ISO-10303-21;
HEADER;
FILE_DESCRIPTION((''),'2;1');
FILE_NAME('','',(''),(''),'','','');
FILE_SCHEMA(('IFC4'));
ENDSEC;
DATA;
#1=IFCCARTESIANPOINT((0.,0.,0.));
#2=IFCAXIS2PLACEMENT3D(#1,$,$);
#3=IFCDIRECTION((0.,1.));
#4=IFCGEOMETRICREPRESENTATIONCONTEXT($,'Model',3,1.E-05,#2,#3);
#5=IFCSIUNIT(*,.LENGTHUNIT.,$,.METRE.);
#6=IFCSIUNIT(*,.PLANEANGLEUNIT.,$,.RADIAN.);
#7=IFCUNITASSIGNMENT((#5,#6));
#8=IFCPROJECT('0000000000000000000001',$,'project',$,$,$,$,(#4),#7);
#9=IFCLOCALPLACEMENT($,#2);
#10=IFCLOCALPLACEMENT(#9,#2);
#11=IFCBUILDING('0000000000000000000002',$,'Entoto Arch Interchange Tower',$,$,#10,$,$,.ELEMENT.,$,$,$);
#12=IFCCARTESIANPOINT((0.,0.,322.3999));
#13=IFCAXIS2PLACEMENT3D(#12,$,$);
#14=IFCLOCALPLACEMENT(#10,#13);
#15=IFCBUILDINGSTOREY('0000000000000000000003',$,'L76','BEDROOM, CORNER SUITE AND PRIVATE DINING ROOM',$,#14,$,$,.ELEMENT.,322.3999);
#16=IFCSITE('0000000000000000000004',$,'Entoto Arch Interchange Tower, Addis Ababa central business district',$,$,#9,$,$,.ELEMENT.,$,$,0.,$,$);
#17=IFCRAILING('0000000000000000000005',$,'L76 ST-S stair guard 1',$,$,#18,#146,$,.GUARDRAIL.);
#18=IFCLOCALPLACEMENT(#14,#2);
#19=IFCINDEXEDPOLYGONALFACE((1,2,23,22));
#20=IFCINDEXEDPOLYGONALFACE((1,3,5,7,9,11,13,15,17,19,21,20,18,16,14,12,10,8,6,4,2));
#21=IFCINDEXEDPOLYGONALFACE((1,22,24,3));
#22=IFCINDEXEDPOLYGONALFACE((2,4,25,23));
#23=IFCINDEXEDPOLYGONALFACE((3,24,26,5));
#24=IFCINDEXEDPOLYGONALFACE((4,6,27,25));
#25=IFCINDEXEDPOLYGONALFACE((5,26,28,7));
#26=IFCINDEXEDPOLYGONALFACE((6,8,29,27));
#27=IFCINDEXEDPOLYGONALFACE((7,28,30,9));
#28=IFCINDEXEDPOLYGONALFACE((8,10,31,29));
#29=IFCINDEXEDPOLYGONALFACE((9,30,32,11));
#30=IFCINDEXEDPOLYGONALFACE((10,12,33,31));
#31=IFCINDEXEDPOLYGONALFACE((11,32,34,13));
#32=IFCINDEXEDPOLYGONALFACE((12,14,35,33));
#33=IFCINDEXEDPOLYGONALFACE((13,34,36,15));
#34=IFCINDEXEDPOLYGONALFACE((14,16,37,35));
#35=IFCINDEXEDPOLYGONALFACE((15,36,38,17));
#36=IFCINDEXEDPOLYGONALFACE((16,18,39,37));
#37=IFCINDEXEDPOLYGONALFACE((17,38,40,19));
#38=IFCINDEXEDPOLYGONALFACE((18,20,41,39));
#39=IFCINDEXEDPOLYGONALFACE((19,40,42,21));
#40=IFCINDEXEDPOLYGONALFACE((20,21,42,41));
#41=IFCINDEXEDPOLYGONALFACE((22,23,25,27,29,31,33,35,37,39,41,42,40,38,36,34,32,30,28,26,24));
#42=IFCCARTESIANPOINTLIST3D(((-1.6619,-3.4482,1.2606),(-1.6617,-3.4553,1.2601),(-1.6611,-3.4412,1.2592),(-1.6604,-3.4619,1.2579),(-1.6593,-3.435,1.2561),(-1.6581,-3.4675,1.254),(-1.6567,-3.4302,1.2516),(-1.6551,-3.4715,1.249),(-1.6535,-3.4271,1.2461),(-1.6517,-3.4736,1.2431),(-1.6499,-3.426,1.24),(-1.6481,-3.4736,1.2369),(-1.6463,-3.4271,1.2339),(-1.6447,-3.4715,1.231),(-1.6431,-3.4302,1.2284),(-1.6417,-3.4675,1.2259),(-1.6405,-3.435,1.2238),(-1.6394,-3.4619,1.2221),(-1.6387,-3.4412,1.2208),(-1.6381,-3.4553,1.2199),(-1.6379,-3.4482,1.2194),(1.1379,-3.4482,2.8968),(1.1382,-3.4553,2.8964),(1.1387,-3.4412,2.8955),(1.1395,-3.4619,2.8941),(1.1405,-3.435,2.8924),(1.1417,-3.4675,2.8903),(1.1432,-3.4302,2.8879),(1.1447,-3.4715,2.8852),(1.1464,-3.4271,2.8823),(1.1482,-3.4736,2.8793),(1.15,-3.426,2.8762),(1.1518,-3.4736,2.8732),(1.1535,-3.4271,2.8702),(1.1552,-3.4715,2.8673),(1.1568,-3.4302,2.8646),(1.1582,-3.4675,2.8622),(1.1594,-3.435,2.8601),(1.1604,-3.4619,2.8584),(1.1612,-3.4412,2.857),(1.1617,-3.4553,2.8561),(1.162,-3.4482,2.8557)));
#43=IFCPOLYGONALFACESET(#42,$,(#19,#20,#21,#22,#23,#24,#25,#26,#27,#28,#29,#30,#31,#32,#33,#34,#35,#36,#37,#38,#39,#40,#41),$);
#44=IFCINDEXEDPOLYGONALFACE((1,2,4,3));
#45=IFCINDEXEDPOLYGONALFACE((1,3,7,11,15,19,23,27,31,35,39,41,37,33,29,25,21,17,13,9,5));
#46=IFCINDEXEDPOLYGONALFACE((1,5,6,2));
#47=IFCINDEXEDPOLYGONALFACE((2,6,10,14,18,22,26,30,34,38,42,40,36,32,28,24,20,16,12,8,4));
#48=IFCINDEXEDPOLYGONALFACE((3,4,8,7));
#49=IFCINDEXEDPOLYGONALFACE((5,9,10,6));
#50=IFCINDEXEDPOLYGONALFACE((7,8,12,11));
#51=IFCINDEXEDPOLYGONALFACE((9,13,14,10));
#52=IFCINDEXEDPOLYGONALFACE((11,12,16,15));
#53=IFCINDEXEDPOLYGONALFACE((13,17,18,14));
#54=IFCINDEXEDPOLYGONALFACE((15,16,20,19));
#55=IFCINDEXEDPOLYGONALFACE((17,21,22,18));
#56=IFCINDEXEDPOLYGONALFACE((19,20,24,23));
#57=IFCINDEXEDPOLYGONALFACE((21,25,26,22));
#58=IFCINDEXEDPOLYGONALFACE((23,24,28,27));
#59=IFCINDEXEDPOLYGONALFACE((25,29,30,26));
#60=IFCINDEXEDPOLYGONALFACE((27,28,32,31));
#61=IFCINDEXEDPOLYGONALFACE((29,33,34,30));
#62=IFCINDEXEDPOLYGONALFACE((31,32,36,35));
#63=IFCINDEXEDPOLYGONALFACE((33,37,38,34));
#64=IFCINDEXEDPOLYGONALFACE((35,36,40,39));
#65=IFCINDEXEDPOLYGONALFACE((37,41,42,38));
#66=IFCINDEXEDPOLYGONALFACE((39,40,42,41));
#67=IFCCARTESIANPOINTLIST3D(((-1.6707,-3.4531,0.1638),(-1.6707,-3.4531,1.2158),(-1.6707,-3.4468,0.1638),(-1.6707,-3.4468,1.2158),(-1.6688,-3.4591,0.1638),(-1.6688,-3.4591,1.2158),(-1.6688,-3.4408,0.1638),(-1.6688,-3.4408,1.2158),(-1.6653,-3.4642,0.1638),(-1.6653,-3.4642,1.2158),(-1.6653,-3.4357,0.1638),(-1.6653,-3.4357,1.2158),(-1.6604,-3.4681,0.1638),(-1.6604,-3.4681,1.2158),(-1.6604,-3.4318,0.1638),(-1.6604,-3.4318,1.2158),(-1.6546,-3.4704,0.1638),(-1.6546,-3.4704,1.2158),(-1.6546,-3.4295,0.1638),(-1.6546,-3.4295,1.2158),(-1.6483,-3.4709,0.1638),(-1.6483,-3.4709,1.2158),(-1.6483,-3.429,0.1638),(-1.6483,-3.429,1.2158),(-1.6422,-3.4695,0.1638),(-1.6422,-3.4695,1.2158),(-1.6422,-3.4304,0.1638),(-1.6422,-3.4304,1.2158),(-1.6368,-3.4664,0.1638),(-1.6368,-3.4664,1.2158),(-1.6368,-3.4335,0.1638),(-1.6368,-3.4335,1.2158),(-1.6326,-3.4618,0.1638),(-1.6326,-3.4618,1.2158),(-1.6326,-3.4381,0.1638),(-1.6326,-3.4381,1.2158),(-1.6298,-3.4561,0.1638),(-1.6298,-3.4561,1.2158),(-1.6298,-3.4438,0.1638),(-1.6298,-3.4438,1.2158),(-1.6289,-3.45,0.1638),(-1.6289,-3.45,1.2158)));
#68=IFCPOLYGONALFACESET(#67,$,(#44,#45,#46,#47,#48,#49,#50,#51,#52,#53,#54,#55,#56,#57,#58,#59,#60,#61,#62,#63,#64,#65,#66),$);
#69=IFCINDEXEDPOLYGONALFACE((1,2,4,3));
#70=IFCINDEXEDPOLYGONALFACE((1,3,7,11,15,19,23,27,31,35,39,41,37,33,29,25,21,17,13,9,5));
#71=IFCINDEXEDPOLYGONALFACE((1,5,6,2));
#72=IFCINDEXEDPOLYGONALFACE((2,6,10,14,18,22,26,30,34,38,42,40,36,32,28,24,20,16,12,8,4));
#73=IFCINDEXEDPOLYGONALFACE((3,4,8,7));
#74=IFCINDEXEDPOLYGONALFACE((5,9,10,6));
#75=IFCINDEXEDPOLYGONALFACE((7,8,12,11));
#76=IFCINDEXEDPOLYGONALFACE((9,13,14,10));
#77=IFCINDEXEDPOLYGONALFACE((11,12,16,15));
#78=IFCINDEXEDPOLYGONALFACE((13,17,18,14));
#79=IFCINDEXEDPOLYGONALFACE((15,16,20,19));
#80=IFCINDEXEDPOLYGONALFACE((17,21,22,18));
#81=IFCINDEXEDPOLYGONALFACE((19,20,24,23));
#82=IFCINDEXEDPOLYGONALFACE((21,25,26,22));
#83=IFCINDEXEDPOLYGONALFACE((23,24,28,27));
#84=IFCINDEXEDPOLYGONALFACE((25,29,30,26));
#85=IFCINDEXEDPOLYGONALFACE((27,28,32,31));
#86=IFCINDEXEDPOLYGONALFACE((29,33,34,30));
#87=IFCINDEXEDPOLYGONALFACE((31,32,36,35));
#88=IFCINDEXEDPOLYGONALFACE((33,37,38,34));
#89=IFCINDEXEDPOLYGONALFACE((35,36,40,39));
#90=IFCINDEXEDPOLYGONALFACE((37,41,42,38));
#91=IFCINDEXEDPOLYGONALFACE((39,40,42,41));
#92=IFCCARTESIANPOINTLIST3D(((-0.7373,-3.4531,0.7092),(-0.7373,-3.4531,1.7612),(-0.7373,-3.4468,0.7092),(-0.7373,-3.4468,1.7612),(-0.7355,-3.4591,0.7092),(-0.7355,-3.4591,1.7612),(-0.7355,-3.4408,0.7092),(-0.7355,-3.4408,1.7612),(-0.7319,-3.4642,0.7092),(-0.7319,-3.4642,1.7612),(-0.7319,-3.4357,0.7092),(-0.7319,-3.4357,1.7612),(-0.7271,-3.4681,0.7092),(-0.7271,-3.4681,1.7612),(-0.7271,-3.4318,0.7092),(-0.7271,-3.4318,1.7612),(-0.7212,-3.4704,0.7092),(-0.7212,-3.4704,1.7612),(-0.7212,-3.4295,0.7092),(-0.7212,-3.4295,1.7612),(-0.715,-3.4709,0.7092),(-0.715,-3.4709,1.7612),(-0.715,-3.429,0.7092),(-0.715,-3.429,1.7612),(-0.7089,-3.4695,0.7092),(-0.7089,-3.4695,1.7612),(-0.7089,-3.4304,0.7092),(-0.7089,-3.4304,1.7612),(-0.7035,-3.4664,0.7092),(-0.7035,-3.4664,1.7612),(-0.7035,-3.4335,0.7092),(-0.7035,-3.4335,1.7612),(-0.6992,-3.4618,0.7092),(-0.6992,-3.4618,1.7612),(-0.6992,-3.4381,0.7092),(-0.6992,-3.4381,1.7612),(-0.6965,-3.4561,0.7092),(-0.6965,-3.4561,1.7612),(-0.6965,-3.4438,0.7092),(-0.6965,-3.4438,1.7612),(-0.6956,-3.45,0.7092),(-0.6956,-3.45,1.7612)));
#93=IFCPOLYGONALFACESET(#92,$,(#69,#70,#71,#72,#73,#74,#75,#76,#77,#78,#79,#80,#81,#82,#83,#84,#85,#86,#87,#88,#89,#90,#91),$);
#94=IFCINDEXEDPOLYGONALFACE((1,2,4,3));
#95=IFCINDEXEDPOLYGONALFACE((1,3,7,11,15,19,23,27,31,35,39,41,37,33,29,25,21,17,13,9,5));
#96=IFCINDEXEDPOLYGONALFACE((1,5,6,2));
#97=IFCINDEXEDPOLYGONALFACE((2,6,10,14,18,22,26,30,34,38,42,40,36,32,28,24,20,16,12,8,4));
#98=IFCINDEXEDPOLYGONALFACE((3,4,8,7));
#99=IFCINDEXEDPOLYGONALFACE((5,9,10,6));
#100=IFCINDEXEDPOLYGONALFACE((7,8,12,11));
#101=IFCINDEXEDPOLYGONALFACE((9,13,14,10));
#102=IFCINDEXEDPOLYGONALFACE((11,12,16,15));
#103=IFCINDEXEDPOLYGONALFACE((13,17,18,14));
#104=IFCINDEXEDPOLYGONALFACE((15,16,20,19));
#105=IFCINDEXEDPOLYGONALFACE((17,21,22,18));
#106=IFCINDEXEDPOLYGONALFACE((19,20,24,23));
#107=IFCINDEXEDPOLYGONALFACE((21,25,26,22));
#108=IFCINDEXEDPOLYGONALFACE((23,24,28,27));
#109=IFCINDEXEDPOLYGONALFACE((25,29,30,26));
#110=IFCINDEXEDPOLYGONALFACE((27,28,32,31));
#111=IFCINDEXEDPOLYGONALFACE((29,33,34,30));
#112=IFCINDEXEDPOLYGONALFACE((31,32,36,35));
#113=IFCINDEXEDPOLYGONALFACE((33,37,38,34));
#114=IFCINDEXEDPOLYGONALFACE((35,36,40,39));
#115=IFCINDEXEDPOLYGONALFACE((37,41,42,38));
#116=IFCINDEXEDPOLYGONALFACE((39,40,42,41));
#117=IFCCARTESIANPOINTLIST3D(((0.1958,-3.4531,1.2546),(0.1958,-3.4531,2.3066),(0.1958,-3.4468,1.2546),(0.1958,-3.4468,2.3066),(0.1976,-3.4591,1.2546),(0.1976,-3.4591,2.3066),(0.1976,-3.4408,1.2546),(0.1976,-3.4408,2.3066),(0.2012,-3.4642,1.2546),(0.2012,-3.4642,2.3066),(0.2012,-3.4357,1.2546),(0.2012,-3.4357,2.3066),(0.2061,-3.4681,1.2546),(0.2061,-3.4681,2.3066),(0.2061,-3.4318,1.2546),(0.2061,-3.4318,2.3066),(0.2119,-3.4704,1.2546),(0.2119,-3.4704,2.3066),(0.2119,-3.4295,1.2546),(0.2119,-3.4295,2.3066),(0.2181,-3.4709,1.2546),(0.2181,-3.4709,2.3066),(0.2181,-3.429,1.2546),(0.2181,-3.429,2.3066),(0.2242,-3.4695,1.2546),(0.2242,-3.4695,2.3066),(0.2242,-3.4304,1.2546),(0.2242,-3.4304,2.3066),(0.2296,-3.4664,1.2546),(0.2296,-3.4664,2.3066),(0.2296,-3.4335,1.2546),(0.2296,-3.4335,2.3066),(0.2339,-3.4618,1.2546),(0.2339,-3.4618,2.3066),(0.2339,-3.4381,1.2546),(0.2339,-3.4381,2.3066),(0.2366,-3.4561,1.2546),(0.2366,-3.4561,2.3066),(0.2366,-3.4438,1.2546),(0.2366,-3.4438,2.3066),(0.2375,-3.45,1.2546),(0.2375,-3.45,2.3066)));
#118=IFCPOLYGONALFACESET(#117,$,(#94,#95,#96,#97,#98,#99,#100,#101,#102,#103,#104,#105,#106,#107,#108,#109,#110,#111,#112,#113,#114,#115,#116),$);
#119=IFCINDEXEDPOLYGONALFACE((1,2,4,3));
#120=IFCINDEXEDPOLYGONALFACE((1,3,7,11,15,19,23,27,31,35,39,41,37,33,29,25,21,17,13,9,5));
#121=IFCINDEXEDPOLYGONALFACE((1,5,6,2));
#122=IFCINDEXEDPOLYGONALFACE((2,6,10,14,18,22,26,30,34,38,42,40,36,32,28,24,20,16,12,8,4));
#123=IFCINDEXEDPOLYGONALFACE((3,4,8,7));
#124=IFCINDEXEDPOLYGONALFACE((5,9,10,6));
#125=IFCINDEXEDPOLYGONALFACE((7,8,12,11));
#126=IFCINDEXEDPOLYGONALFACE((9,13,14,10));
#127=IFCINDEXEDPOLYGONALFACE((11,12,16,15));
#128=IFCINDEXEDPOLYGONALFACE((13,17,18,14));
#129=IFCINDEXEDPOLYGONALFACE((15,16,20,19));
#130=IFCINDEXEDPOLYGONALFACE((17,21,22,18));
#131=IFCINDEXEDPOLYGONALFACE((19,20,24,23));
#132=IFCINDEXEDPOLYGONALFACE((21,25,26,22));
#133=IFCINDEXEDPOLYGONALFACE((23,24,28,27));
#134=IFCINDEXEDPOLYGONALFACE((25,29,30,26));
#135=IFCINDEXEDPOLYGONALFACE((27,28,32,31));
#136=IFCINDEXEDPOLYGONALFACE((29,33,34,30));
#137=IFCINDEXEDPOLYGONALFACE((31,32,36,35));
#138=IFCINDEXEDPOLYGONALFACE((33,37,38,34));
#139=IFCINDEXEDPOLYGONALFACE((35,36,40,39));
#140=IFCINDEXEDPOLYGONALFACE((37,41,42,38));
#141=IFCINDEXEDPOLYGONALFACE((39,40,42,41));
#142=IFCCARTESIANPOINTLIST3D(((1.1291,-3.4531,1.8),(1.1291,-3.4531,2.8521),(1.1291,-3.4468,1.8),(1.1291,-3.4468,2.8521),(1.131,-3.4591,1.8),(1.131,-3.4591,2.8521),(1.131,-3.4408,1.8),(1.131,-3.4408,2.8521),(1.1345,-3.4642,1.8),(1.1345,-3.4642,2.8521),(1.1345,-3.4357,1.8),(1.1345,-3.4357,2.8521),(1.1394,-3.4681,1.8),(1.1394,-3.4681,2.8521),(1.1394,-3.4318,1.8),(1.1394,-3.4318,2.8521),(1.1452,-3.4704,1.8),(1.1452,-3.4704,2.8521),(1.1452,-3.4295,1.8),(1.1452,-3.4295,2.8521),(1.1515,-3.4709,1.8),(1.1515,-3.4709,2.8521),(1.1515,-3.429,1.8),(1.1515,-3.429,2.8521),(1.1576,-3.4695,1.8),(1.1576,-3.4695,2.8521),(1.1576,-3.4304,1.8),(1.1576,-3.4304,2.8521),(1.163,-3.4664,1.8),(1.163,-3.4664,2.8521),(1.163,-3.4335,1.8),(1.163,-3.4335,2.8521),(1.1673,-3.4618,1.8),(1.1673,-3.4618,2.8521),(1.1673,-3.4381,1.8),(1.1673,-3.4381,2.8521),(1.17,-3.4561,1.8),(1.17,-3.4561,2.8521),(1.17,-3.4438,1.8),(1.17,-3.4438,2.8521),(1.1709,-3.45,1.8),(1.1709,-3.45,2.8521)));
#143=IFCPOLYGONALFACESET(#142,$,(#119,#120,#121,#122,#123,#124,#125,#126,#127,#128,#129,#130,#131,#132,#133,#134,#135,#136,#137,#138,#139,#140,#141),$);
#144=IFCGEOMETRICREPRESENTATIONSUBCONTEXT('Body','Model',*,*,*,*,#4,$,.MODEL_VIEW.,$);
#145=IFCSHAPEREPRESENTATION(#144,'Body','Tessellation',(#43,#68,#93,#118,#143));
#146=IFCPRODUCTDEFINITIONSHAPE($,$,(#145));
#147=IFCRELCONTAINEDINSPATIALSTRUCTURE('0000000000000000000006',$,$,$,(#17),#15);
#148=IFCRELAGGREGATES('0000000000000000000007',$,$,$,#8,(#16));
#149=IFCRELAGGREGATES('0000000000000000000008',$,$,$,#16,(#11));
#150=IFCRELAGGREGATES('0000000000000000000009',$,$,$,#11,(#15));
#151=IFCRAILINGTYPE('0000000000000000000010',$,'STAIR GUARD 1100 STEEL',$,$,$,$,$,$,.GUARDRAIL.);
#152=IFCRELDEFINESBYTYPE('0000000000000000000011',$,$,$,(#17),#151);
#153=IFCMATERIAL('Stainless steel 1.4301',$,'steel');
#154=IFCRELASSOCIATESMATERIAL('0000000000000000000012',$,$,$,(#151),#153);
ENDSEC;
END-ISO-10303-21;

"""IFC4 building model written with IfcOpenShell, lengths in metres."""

from ifc_helpers import new_model, si_unit, direction, frame, origin, origin_2d, place, context, subcontext, project, spatial, circle, extrude, material, type_object, element, save


model = new_model("IFC4")

# Units and contexts
model_context = context("Model", 3, precision=1e-05, world=origin(), true_north=direction((0.0, 1.0)))
body_context = subcontext(model_context, "Body", "Model", "MODEL_VIEW")
ifc_project = project(units=[si_unit("LENGTHUNIT", "METRE"), si_unit("PLANEANGLEUNIT", "RADIAN")], contexts=[model_context])

# Site, building, storey
site_placement = place(None, origin())
site = spatial("IfcSite", under=ifc_project, at=site_placement, Name="Entoto Arch Interchange Tower, Addis Ababa central business district", CompositionType="ELEMENT", RefElevation=0.0)
building_placement = place(site_placement, origin())
building = spatial("IfcBuilding", under=site, at=building_placement, Name="Entoto Arch Interchange Tower", CompositionType="ELEMENT")
storey_placement = place(building_placement, frame((0.0, 0.0, 322.3999)))
storey = spatial("IfcBuildingStorey", under=building, at=storey_placement, Name="L76", Description="BEDROOM, CORNER SUITE AND PRIVATE DINING ROOM", CompositionType="ELEMENT", Elevation=322.3999)

# Railing
ifc_material_1 = material(Name="Stainless steel 1.4301", Category="steel")
railing_type_1 = type_object("IfcRailingType", Name="STAIR GUARD 1100 STEEL", PredefinedType="GUARDRAIL", material=ifc_material_1)
railing_1_placement = place(storey_placement, frame((-1.6499, -3.45, 0.1638)))
element("IfcRailing", 1, at=railing_1_placement, inside=storey, type_object=railing_type_1, Name="L76 ST-S stair guard 1", PredefinedType="GUARDRAIL", context=body_context, shape_type="SweptSolid", body=[
    extrude(circle(Radius=0.0239, at=origin_2d()), frame((0.0, 0.0, 1.0762), z_axis=(0.863374, 0.0, 0.504564), x_axis=(0.0, 1.0, 0.0)), (0.0, 0.0, 1.0), 3.2429),
    extrude(circle(Radius=0.021, at=origin_2d()), origin(), (0.0, 0.0, 1.0), 1.052),
    extrude(circle(Radius=0.021, at=origin_2d()), frame((0.9333, 0.0, 0.5454)), (0.0, 0.0, 1.0), 1.052),
    extrude(circle(Radius=0.021, at=origin_2d()), frame((1.8665, 0.0, 1.0908)), (0.0, 0.0, 1.0), 1.052),
    extrude(circle(Radius=0.021, at=origin_2d()), frame((2.7998, 0.0, 1.6362)), (0.0, 0.0, 1.0), 1.052),
])

save(model, "model.ifc")
